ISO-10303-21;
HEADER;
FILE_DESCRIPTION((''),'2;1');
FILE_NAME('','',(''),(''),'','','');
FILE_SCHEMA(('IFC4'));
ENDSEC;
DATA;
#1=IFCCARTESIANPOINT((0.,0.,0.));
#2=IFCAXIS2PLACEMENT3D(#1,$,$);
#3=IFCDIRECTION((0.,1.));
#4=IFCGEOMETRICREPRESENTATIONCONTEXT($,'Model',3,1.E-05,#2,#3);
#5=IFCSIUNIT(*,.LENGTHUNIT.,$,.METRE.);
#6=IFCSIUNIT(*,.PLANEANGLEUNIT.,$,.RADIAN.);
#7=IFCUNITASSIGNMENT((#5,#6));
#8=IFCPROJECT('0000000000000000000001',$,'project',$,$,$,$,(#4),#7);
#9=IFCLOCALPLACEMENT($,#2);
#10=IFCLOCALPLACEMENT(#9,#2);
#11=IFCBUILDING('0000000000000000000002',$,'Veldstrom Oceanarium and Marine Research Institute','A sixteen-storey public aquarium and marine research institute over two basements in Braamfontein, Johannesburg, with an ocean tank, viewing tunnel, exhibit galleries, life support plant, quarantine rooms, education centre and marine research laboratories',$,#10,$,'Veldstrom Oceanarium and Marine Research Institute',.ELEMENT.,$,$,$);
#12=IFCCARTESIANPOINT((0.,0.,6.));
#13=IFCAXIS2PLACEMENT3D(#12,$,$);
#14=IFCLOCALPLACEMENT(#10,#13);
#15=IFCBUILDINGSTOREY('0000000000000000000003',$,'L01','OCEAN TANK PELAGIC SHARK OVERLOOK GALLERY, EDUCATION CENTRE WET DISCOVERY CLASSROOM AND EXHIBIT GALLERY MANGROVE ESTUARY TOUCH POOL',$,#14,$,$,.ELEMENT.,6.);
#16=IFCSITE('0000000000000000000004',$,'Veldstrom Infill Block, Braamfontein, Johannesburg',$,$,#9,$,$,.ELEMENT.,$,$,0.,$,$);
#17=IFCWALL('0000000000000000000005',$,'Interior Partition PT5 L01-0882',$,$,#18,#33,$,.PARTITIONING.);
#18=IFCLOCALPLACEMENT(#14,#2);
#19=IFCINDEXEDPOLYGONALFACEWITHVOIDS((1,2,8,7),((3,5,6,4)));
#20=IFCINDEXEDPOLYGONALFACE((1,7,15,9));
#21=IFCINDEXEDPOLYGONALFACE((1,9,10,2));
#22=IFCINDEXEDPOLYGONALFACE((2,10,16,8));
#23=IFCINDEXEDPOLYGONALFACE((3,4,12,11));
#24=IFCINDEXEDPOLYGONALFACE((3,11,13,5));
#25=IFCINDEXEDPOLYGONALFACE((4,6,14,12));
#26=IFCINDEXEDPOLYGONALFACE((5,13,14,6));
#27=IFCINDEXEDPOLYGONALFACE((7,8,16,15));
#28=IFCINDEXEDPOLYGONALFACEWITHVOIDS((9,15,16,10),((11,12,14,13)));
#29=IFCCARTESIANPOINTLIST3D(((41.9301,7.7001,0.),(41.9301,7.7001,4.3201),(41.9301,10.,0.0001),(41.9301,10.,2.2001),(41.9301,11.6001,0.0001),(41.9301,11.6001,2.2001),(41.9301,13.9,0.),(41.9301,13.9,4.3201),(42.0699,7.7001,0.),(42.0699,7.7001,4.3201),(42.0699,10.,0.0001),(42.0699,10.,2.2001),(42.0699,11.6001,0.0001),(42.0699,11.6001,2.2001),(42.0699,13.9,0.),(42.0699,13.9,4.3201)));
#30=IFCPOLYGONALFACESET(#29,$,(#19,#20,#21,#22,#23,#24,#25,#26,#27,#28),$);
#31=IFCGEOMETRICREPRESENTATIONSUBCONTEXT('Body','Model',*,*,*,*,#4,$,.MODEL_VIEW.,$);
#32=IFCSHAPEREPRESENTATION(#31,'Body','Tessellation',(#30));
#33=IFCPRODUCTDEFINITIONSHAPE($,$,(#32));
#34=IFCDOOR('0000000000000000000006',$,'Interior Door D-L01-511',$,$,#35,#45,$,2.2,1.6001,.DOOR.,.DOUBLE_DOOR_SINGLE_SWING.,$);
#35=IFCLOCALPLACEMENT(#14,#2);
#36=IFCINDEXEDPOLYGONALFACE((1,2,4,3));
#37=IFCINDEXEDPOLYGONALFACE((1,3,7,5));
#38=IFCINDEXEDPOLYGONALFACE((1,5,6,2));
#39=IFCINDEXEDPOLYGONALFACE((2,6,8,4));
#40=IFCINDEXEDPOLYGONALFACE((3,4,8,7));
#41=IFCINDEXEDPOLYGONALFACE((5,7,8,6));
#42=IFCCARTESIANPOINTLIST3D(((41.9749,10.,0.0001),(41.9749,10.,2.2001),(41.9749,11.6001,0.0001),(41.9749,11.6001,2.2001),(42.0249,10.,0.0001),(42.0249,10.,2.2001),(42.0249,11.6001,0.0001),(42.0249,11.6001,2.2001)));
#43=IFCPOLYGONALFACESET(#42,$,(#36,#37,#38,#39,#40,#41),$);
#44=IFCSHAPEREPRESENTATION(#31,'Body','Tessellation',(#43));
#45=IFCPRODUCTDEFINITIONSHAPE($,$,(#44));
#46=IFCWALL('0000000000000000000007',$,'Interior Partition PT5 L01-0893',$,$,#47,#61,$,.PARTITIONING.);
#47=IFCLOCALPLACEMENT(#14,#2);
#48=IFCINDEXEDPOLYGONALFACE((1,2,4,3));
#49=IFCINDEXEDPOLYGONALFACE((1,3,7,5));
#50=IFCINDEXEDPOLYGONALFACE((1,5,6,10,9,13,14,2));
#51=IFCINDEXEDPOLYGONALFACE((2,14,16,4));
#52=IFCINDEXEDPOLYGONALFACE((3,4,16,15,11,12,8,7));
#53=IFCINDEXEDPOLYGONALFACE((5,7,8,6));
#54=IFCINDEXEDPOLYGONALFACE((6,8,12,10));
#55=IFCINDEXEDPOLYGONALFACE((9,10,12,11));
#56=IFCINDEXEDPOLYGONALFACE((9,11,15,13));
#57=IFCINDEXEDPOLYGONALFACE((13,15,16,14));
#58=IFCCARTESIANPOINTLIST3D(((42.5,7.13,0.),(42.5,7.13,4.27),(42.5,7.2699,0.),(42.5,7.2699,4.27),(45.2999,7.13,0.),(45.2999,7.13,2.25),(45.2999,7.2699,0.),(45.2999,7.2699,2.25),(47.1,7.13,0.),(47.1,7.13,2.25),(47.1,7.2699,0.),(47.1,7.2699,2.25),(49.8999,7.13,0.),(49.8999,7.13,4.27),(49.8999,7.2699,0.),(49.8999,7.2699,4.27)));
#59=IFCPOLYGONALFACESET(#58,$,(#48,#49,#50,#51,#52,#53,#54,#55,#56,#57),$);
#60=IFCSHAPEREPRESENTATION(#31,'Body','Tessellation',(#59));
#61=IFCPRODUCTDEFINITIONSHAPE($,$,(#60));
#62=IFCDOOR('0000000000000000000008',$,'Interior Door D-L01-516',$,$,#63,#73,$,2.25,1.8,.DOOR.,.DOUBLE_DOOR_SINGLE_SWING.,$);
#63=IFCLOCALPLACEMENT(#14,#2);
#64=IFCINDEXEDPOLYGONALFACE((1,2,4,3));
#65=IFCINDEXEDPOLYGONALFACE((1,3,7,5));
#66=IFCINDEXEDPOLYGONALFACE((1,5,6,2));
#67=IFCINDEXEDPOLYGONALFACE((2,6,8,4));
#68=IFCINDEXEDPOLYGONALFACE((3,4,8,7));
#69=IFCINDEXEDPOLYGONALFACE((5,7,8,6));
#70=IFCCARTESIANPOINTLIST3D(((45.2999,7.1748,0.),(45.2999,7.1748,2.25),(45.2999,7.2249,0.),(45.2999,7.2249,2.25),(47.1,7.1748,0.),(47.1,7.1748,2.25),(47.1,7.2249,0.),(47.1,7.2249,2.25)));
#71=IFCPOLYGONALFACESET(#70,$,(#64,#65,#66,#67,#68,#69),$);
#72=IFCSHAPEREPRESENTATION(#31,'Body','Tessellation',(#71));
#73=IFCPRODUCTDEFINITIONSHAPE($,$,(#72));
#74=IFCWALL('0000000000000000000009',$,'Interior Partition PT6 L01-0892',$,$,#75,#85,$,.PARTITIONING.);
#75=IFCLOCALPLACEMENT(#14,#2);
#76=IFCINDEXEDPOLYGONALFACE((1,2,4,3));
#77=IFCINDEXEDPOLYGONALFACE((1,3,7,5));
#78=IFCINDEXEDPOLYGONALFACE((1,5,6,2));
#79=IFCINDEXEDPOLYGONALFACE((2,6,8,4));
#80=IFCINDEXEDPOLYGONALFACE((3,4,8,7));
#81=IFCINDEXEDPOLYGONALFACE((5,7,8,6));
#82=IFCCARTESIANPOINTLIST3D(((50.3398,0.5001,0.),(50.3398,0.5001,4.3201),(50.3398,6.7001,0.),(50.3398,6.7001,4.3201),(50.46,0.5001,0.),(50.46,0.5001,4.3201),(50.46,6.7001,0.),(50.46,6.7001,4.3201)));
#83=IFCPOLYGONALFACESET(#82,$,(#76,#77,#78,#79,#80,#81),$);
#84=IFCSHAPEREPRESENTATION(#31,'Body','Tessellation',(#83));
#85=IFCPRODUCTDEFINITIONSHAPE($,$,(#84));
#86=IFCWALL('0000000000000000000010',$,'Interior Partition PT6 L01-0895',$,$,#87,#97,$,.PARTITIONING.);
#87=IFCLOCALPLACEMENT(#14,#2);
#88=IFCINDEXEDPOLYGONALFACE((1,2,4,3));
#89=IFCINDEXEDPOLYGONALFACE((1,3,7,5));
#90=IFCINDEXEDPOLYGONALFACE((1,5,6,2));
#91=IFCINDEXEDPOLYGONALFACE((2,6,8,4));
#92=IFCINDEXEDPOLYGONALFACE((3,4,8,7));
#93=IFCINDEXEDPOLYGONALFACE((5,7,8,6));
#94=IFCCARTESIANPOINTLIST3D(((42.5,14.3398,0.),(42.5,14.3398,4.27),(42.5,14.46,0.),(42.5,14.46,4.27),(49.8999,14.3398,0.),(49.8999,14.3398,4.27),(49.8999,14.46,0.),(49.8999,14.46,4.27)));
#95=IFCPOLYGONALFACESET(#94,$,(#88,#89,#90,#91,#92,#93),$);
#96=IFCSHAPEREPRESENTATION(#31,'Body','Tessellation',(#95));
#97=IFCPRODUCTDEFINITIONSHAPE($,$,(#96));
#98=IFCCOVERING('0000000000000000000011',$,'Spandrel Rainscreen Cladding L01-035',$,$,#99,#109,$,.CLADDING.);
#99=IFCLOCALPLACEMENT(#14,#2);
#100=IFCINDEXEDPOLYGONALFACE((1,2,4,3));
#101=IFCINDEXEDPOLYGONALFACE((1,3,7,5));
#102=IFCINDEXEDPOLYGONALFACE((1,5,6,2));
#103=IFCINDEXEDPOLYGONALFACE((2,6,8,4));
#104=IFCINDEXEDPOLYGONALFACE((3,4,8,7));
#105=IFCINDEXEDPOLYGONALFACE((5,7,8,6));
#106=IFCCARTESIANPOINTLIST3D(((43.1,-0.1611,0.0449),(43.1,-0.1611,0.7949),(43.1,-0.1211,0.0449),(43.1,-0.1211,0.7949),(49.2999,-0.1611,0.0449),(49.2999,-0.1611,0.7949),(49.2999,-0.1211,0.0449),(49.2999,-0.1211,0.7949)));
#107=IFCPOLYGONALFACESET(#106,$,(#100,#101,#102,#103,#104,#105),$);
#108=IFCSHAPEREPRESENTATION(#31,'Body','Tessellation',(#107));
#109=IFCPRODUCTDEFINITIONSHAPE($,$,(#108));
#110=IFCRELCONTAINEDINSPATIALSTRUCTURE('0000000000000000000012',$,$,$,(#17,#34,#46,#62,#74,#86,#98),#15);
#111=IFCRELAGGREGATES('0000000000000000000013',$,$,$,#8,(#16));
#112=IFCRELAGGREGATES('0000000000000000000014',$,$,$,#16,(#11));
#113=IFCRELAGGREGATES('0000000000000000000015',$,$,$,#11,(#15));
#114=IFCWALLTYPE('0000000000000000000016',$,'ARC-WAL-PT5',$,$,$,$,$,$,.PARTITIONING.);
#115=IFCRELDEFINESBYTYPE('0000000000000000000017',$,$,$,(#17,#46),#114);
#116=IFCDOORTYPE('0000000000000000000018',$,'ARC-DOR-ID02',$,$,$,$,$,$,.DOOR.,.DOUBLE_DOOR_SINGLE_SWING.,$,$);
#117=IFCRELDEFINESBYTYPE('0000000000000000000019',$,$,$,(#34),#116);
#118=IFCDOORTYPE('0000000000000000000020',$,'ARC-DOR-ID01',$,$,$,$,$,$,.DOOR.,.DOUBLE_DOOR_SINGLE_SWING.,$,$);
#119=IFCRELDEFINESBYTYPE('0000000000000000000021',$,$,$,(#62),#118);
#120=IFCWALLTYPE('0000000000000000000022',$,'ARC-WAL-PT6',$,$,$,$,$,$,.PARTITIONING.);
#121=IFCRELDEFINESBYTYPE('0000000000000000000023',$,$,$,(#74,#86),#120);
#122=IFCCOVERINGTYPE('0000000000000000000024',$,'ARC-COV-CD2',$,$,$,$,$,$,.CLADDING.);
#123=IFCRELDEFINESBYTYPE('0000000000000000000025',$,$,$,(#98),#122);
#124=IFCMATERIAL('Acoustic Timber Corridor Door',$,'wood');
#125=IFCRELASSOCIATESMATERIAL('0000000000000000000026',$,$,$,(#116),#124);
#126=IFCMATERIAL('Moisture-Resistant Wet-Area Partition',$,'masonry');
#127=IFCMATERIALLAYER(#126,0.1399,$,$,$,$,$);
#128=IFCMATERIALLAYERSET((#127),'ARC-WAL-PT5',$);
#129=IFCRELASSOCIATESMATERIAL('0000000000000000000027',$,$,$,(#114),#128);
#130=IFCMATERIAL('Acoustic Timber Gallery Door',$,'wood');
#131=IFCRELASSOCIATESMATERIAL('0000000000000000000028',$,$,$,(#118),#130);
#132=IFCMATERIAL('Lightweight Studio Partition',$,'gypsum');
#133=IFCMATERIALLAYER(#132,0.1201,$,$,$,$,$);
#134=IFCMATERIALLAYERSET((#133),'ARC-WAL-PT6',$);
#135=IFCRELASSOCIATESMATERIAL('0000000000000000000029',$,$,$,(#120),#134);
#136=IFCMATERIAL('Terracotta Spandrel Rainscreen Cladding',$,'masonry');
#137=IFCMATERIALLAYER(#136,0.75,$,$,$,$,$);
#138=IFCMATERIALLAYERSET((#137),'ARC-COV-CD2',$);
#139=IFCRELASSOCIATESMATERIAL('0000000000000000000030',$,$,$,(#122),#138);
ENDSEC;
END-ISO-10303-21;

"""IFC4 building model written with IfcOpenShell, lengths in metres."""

from ifc_helpers import new_model, si_unit, direction, frame, frame_2d, origin, origin_2d, place, context, subcontext, project, spatial, rectangle, extrude, material, layer, layer_set, type_object, element, fill, save


model = new_model("IFC4")

# Units and contexts
model_context = context("Model", 3, precision=1e-05, world=origin(), true_north=direction((0.0, 1.0)))
body_context = subcontext(model_context, "Body", "Model", "MODEL_VIEW")
ifc_project = project(units=[si_unit("LENGTHUNIT", "METRE"), si_unit("PLANEANGLEUNIT", "RADIAN")], contexts=[model_context])

# Site, building, storey
site_placement = place(None, origin())
site = spatial("IfcSite", under=ifc_project, at=site_placement, Name="Veldstrom Infill Block, Braamfontein, Johannesburg", CompositionType="ELEMENT", RefElevation=0.0)
building_placement = place(site_placement, origin())
building = spatial("IfcBuilding", under=site, at=building_placement, Name="Veldstrom Oceanarium and Marine Research Institute", Description="A sixteen-storey public aquarium and marine research institute over two basements in Braamfontein, Johannesburg, with an ocean tank, viewing tunnel, exhibit galleries, life support plant, quarantine rooms, education centre and marine research laboratories", LongName="Veldstrom Oceanarium and Marine Research Institute", CompositionType="ELEMENT")
storey_placement = place(building_placement, frame((0.0, 0.0, 6.0)))
storey = spatial("IfcBuildingStorey", under=building, at=storey_placement, Name="L01", Description="OCEAN TANK PELAGIC SHARK OVERLOOK GALLERY, EDUCATION CENTRE WET DISCOVERY CLASSROOM AND EXHIBIT GALLERY MANGROVE ESTUARY TOUCH POOL", CompositionType="ELEMENT", Elevation=6.0)

# Walls, openings, doors
ifc_material_1 = material(Name="Acoustic Timber Corridor Door", Category="wood")
door_type_1 = type_object("IfcDoorType", Name="ARC-DOR-ID02", OperationType="DOUBLE_DOOR_SINGLE_SWING", PredefinedType="DOOR", material=ifc_material_1)
ifc_material_2 = material(Name="Moisture-Resistant Wet-Area Partition", Category="masonry")
ifc_layer_1 = layer(ifc_material_2, 0.1399)
ifc_layer_set_1 = layer_set([ifc_layer_1], Name="ARC-WAL-PT5")
wall_type_1 = type_object("IfcWallType", Name="ARC-WAL-PT5", PredefinedType="PARTITIONING", material=ifc_layer_set_1)
wall_1_placement = place(storey_placement, frame((42.0, 7.7, 0.0), z_axis=(0.0, 0.0, 1.0), x_axis=(0.0, 1.0, 0.0)))
wall_1 = element("IfcWall", 1, at=wall_1_placement, inside=storey, type_object=wall_type_1, Name="Interior Partition PT5 L01-0882", PredefinedType="PARTITIONING", context=body_context, shape_type="SweptSolid", body=[
    extrude(rectangle(XDim=6.2, YDim=0.1399, at=frame_2d((3.1001, 0.0))), origin(), (0.0, 0.0, 1.0), 4.3201),
])
opening_1_placement = place(wall_1_placement, frame((2.3, 0.0, 0.0)))
opening_1 = element("IfcOpeningElement", 2, at=opening_1_placement, cuts=wall_1, PredefinedType="OPENING", context=body_context, shape_type="SweptSolid", body=[
    extrude(rectangle(XDim=1.6001, YDim=2.2, at=frame_2d((0.8, 1.1001))), frame((0.0, 0.0798, 0.0), z_axis=(0.0, -1.0, 0.0), x_axis=(1.0, 0.0, 0.0)), (0.0, 0.0, 1.0), 0.1599),
])
door_1_placement = place(opening_1_placement, frame((1.6001, 0.0, 0.0), z_axis=(0.0, 0.0, 1.0), x_axis=(-1.0, 0.0, 0.0)))
door_1 = element("IfcDoor", 3, at=door_1_placement, inside=storey, type_object=door_type_1, Name="Interior Door D-L01-511", OperationType="DOUBLE_DOOR_SINGLE_SWING", OverallHeight=2.2, OverallWidth=1.6001, PredefinedType="DOOR", context=body_context, shape_type="SweptSolid", body=[
    extrude(rectangle(XDim=1.6001, YDim=2.2, at=frame_2d((0.8, 1.1001))), frame((0.0, 0.0249, 0.0), z_axis=(0.0, -1.0, 0.0), x_axis=(1.0, 0.0, 0.0)), (0.0, 0.0, 1.0), 0.05),
])
fill(opening_1, door_1)
wall_2_placement = place(storey_placement, frame((42.5, 7.2, 0.0), z_axis=(0.0, 0.0, 1.0), x_axis=(1.0, 0.0, 0.0)))
wall_2 = element("IfcWall", 4, at=wall_2_placement, inside=storey, type_object=wall_type_1, Name="Interior Partition PT5 L01-0893", PredefinedType="PARTITIONING", context=body_context, shape_type="SweptSolid", body=[
    extrude(rectangle(XDim=7.3999, YDim=0.1399, at=frame_2d((3.7, 0.0))), origin(), (0.0, 0.0, 1.0), 4.27),
])
opening_2_placement = place(wall_2_placement, frame((2.8, 0.0, 0.0)))
opening_2 = element("IfcOpeningElement", 5, at=opening_2_placement, cuts=wall_2, PredefinedType="OPENING", context=body_context, shape_type="SweptSolid", body=[
    extrude(rectangle(XDim=1.8, YDim=2.25, at=frame_2d((0.8999, 1.125))), frame((0.0, 0.0798, 0.0), z_axis=(0.0, -1.0, 0.0), x_axis=(1.0, 0.0, 0.0)), (0.0, 0.0, 1.0), 0.1599),
])
ifc_material_3 = material(Name="Acoustic Timber Gallery Door", Category="wood")
door_type_2 = type_object("IfcDoorType", Name="ARC-DOR-ID01", OperationType="DOUBLE_DOOR_SINGLE_SWING", PredefinedType="DOOR", material=ifc_material_3)
door_2_placement = place(opening_2_placement, origin())
door_2 = element("IfcDoor", 6, at=door_2_placement, inside=storey, type_object=door_type_2, Name="Interior Door D-L01-516", OperationType="DOUBLE_DOOR_SINGLE_SWING", OverallHeight=2.25, OverallWidth=1.8, PredefinedType="DOOR", context=body_context, shape_type="SweptSolid", body=[
    extrude(rectangle(XDim=1.8, YDim=2.25, at=frame_2d((0.8999, 1.125))), frame((0.0, 0.0249, 0.0), z_axis=(0.0, -1.0, 0.0), x_axis=(1.0, 0.0, 0.0)), (0.0, 0.0, 1.0), 0.05),
])
fill(opening_2, door_2)

# Walls
ifc_material_4 = material(Name="Lightweight Studio Partition", Category="gypsum")
ifc_layer_2 = layer(ifc_material_4, 0.1201)
ifc_layer_set_2 = layer_set([ifc_layer_2], Name="ARC-WAL-PT6")
wall_type_2 = type_object("IfcWallType", Name="ARC-WAL-PT6", PredefinedType="PARTITIONING", material=ifc_layer_set_2)
wall_3_placement = place(storey_placement, frame((50.3999, 0.5, 0.0), z_axis=(0.0, 0.0, 1.0), x_axis=(0.0, 1.0, 0.0)))
element("IfcWall", 7, at=wall_3_placement, inside=storey, type_object=wall_type_2, Name="Interior Partition PT6 L01-0892", PredefinedType="PARTITIONING", context=body_context, shape_type="SweptSolid", body=[
    extrude(rectangle(XDim=6.2, YDim=0.1201, at=frame_2d((3.1001, 0.0))), origin(), (0.0, 0.0, 1.0), 4.3201),
])
wall_4_placement = place(storey_placement, frame((42.5, 14.3999, 0.0), z_axis=(0.0, 0.0, 1.0), x_axis=(1.0, 0.0, 0.0)))
element("IfcWall", 8, at=wall_4_placement, inside=storey, type_object=wall_type_2, Name="Interior Partition PT6 L01-0895", PredefinedType="PARTITIONING", context=body_context, shape_type="SweptSolid", body=[
    extrude(rectangle(XDim=7.3999, YDim=0.1201, at=frame_2d((3.7, 0.0))), origin(), (0.0, 0.0, 1.0), 4.27),
])

# Covering
ifc_material_5 = material(Name="Terracotta Spandrel Rainscreen Cladding", Category="masonry")
ifc_layer_3 = layer(ifc_material_5, 0.75)
ifc_layer_set_3 = layer_set([ifc_layer_3], Name="ARC-COV-CD2")
covering_type = type_object("IfcCoveringType", Name="ARC-COV-CD2", PredefinedType="CLADDING", material=ifc_layer_set_3)
covering_placement = place(storey_placement, frame((46.2, -0.1411, 0.0449), z_axis=(0.0, 0.0, 1.0), x_axis=(1.0, 0.0, 0.0)))
element("IfcCovering", 9, at=covering_placement, inside=storey, type_object=covering_type, Name="Spandrel Rainscreen Cladding L01-035", PredefinedType="CLADDING", context=body_context, shape_type="SweptSolid", body=[
    extrude(rectangle(XDim=6.2, YDim=0.04, at=origin_2d()), origin(), (0.0, 0.0, 1.0), 0.75),
])

save(model, "model.ifc")
